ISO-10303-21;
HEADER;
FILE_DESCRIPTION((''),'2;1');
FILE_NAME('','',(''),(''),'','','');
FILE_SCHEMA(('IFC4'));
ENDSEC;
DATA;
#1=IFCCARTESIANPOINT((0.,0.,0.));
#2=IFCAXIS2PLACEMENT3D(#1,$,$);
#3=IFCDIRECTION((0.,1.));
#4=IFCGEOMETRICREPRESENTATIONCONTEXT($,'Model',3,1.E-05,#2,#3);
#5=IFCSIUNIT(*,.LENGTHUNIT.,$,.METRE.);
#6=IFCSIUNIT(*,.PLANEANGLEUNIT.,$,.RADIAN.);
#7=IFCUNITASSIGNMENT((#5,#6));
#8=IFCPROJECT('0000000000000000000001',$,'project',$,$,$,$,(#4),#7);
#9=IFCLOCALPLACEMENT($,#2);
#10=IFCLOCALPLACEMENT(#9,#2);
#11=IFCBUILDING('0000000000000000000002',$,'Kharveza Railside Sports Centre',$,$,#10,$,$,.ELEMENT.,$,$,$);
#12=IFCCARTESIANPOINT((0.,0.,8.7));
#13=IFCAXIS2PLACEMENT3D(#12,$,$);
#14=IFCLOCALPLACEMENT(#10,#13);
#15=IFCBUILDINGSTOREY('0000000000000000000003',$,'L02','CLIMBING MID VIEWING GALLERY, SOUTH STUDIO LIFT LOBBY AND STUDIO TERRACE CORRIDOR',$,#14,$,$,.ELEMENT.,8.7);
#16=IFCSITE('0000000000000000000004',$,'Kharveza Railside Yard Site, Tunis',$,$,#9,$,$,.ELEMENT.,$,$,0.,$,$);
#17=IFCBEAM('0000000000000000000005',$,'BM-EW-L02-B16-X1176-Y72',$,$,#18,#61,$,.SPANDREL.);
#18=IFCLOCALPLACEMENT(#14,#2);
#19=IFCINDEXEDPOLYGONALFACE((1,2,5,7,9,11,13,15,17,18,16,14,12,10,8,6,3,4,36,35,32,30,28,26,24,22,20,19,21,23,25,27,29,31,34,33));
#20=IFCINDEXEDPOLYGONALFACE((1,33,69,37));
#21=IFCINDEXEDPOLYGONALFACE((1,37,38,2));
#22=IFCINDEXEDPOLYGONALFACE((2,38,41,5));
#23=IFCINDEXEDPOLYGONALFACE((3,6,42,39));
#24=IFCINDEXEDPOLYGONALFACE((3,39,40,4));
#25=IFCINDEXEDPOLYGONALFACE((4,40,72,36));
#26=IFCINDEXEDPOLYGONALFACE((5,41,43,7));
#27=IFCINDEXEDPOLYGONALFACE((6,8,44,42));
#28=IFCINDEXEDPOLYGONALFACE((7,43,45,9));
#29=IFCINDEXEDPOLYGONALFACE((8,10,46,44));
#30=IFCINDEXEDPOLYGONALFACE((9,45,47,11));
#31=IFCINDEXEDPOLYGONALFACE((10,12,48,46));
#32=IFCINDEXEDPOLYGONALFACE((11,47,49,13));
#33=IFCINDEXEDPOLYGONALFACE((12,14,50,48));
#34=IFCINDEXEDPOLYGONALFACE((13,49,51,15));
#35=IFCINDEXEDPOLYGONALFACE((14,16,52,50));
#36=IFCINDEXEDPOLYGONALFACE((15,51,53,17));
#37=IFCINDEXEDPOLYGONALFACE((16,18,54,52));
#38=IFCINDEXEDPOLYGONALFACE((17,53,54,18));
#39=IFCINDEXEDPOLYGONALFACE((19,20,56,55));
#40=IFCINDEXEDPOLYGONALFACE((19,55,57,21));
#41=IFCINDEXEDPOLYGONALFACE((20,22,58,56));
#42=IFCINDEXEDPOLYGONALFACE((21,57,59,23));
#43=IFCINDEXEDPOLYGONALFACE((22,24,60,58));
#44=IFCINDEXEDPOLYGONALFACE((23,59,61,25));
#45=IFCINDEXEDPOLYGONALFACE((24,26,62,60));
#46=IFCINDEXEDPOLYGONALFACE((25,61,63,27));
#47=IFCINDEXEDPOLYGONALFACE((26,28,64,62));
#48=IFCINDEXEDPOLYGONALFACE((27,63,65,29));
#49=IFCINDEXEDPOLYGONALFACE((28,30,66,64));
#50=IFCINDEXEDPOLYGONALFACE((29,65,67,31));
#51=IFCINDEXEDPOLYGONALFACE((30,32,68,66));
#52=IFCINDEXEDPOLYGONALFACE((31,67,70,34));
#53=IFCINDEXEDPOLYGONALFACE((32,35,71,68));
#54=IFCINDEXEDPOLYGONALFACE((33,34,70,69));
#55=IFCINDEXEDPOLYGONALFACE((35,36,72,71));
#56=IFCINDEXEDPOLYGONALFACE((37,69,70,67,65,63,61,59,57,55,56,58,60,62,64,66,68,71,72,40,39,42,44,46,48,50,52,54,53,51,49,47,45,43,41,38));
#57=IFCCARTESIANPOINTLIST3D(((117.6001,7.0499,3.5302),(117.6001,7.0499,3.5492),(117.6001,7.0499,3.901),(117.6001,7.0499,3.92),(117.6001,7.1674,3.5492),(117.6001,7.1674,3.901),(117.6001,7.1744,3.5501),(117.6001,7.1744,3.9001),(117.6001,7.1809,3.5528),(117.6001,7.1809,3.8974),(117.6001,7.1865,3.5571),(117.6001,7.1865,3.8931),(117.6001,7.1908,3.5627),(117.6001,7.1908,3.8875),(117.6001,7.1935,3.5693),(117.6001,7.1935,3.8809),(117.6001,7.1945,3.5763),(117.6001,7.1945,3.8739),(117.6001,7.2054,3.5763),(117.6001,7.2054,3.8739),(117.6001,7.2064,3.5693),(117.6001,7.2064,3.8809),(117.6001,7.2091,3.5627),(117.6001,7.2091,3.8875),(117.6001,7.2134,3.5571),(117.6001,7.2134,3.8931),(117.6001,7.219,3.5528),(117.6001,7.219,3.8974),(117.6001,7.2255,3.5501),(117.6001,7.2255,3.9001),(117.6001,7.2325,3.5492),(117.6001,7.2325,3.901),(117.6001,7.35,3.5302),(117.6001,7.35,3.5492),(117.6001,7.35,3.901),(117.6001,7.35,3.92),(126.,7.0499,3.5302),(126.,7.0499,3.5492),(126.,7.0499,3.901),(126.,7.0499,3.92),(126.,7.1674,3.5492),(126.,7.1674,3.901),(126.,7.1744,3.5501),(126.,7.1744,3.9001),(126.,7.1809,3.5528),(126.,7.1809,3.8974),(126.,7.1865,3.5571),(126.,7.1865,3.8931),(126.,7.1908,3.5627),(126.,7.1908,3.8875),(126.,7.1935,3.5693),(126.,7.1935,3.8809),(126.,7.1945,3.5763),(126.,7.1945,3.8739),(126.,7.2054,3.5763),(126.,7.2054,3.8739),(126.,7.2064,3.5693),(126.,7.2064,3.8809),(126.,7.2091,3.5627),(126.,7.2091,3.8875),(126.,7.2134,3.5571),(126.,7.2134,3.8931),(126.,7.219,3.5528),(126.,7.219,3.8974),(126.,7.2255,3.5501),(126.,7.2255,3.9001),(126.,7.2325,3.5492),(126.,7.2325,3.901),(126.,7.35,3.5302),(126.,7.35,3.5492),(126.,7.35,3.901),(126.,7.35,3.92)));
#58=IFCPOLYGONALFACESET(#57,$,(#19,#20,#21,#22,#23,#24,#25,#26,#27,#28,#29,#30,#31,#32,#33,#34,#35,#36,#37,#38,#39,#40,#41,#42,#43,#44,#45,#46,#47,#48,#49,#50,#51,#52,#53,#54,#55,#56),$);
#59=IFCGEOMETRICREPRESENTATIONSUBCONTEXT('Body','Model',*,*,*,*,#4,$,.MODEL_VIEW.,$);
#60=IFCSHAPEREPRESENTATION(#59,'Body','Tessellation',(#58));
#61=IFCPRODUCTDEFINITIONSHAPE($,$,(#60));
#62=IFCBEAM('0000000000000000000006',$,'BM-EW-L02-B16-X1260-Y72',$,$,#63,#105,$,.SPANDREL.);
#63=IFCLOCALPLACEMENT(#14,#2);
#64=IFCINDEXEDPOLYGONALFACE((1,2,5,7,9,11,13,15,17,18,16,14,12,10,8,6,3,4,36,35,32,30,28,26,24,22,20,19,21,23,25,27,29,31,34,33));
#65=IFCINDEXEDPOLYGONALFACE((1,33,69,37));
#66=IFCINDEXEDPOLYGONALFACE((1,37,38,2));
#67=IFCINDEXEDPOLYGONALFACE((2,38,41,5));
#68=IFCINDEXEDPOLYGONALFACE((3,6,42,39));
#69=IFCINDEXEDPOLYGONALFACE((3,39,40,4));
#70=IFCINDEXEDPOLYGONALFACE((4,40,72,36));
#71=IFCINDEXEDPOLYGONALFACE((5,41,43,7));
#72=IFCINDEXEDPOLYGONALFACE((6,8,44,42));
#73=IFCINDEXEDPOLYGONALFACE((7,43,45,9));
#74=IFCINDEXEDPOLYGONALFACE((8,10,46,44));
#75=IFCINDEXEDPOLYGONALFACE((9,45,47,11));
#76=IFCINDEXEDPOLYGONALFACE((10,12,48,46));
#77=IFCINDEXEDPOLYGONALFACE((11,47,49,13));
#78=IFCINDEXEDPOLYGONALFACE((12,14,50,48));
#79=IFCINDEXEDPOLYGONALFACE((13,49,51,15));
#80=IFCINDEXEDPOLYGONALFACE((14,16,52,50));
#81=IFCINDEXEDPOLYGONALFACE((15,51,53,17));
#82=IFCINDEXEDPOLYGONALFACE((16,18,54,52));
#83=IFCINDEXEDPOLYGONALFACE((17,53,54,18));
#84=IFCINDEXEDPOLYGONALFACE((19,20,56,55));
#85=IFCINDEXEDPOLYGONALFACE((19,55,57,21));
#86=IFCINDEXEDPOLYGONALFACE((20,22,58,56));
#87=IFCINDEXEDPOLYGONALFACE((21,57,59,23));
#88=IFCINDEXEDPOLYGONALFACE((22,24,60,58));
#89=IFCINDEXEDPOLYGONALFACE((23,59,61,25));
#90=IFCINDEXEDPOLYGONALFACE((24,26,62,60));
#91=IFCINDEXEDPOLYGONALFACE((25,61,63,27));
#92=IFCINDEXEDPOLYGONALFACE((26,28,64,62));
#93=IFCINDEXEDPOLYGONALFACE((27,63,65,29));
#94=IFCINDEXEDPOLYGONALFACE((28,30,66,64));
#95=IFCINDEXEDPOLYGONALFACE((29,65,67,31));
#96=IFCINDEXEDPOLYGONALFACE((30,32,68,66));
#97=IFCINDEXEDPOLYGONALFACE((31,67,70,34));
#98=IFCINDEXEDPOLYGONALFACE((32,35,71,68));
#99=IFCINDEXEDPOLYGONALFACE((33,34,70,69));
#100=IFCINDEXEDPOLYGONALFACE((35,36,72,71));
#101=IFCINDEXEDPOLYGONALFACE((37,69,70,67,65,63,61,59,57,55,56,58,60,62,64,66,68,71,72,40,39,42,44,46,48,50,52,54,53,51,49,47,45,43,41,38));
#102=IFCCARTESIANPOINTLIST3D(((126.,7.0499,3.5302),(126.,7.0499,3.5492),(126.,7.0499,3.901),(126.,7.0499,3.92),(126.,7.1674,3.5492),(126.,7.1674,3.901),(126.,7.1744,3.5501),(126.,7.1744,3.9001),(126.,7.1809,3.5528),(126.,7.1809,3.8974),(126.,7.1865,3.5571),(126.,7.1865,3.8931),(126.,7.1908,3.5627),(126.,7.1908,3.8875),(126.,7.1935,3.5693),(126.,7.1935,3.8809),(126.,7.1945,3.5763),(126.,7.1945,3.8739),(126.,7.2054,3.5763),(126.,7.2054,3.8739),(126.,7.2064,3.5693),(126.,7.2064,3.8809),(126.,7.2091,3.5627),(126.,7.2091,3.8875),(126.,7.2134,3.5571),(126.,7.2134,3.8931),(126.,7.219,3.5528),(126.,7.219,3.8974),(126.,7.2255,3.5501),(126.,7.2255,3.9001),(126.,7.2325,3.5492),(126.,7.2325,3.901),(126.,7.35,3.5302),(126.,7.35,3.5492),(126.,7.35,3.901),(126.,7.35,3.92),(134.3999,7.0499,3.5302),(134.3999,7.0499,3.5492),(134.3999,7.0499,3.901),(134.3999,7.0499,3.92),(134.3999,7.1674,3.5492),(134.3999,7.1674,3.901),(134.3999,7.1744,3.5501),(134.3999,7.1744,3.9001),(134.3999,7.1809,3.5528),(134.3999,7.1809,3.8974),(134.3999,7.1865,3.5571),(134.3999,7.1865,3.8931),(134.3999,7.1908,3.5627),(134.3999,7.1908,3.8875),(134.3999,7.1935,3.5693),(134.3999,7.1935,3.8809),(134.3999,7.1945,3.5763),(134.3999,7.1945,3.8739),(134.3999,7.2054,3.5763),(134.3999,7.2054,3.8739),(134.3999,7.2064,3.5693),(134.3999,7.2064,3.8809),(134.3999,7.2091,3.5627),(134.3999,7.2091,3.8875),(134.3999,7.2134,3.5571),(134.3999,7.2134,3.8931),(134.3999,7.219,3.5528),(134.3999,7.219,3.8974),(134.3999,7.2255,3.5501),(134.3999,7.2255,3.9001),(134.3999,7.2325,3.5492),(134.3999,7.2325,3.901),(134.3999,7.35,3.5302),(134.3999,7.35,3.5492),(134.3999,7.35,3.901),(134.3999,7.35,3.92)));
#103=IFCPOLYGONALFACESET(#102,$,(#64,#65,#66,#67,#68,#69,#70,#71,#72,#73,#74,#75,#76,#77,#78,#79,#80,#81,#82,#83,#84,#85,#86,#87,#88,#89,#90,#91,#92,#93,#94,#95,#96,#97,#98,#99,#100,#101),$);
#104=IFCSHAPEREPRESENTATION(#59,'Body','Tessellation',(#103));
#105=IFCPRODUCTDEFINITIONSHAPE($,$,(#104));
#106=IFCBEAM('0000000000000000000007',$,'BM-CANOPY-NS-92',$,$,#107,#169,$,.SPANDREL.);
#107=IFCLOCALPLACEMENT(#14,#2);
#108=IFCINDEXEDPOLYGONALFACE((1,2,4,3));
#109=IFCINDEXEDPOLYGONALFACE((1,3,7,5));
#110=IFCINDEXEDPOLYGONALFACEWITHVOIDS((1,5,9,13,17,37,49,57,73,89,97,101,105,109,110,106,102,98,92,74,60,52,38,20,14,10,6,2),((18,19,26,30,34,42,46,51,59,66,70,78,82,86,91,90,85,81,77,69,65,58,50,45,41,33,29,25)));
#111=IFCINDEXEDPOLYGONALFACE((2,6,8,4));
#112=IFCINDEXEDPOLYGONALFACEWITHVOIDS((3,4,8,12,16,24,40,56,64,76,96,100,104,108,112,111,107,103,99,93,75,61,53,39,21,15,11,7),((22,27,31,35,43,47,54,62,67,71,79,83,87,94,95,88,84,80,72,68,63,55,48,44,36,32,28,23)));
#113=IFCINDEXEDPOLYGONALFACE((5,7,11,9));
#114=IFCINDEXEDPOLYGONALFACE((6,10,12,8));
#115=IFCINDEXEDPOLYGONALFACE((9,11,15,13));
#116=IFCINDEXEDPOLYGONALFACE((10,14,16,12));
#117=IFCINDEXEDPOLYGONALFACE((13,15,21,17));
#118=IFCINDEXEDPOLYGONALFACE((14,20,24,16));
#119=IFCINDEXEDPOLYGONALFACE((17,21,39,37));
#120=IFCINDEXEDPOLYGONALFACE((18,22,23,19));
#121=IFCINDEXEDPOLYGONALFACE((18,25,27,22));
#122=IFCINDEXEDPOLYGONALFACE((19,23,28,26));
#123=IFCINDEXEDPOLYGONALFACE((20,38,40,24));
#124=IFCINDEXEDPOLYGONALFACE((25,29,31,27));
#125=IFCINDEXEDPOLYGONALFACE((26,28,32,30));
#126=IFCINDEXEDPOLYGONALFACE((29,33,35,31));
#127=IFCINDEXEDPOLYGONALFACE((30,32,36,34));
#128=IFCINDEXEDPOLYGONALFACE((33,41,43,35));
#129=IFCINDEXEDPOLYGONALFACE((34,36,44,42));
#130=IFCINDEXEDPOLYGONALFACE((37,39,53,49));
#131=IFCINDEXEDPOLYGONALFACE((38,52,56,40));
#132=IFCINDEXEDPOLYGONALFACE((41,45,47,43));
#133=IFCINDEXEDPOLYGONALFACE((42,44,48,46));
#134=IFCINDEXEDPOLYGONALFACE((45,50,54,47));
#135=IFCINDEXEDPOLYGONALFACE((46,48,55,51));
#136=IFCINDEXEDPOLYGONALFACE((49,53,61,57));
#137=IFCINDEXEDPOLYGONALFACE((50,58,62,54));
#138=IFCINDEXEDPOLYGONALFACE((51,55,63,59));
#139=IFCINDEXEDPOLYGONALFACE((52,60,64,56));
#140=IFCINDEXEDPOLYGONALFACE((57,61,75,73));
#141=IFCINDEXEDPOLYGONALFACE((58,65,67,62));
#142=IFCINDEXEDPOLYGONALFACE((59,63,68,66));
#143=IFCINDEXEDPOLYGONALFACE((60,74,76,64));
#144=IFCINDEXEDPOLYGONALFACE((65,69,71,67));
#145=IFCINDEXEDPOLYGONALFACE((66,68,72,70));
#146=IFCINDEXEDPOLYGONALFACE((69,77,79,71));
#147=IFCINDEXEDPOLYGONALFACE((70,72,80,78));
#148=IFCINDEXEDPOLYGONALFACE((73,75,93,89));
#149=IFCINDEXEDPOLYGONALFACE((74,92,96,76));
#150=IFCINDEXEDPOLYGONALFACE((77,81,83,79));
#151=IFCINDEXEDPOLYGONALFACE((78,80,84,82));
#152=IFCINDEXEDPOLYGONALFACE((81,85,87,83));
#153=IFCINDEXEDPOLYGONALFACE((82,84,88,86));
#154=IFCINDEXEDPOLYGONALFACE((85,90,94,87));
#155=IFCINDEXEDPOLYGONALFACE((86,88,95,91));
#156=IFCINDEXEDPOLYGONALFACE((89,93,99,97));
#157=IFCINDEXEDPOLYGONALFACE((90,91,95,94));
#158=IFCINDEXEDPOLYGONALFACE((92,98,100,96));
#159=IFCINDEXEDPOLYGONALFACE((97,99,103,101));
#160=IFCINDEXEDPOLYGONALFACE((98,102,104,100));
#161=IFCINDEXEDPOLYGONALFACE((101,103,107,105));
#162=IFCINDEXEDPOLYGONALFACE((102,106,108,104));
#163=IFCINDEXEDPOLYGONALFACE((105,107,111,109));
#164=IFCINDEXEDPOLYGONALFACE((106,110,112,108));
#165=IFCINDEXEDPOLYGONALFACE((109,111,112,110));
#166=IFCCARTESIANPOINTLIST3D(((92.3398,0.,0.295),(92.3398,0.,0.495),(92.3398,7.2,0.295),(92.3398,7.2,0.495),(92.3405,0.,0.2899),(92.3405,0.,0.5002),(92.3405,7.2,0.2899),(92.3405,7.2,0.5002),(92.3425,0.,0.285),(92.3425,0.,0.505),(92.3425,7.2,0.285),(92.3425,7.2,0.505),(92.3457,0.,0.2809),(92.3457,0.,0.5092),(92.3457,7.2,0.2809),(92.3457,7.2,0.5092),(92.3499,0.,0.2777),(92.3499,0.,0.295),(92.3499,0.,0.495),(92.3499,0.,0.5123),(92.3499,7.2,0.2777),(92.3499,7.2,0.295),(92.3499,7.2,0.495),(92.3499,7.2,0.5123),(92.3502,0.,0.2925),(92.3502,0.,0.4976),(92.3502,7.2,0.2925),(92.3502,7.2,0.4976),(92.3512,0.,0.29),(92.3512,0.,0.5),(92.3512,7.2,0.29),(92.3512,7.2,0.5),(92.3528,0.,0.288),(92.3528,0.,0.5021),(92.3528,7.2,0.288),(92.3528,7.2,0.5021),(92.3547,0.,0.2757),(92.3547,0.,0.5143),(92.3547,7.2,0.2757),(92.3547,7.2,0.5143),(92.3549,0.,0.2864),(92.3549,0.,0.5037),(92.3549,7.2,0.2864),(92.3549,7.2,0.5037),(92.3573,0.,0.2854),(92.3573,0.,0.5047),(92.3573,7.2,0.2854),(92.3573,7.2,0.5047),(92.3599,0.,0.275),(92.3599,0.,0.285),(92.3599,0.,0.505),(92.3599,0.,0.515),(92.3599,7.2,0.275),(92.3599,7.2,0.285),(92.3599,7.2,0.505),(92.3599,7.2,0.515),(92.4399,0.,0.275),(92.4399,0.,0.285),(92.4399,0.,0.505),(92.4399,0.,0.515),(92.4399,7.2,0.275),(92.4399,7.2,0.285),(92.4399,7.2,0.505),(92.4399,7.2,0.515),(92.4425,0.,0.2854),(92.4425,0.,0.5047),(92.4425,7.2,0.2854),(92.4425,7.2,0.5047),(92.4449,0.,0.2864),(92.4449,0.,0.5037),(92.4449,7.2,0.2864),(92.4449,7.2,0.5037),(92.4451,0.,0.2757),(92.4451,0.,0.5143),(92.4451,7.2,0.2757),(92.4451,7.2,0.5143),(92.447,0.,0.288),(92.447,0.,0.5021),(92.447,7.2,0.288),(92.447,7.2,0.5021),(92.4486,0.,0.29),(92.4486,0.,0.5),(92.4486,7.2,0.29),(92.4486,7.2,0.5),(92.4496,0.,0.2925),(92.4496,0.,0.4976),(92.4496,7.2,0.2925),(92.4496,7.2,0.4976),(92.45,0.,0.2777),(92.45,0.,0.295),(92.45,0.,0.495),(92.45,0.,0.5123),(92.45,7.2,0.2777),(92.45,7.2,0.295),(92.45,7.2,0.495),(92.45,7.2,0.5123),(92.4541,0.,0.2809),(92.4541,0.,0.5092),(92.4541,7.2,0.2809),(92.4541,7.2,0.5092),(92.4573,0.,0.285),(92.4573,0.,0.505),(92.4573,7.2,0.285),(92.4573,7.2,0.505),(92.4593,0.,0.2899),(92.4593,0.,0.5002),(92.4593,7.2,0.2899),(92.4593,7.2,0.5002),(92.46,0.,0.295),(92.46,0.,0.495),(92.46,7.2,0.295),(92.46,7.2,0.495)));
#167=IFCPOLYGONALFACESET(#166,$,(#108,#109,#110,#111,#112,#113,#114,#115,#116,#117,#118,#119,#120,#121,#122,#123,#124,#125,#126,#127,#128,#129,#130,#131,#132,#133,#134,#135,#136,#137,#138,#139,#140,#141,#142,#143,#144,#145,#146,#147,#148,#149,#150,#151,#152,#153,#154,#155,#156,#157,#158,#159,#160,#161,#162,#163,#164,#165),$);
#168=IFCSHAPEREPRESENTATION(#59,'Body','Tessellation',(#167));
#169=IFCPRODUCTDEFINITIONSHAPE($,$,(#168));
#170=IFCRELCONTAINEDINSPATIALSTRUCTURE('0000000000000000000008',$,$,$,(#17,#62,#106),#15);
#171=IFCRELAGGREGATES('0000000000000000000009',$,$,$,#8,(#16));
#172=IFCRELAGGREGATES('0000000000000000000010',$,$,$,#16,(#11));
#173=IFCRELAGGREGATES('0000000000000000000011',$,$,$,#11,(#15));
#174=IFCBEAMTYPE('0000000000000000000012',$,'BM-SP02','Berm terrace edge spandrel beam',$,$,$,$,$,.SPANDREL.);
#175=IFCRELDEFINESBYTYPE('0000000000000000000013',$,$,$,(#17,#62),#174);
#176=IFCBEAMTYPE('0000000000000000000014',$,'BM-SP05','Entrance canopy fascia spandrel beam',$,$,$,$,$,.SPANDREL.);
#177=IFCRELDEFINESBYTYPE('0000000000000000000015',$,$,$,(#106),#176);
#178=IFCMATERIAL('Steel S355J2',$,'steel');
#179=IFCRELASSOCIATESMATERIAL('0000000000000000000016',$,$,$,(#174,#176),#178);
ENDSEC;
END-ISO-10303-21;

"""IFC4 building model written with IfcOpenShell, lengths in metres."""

from ifc_helpers import new_model, si_unit, direction, frame, origin, origin_2d, place, context, subcontext, project, spatial, hollow_rectangle, i_section, extrude, material, material_profile, profile_set, type_object, element, save


model = new_model("IFC4")

# Units and contexts
model_context = context("Model", 3, precision=1e-05, world=origin(), true_north=direction((0.0, 1.0)))
body_context = subcontext(model_context, "Body", "Model", "MODEL_VIEW")
ifc_project = project(units=[si_unit("LENGTHUNIT", "METRE"), si_unit("PLANEANGLEUNIT", "RADIAN")], contexts=[model_context])

# Site, building, storey
site_placement = place(None, origin())
site = spatial("IfcSite", under=ifc_project, at=site_placement, Name="Kharveza Railside Yard Site, Tunis", CompositionType="ELEMENT", RefElevation=0.0)
building_placement = place(site_placement, origin())
building = spatial("IfcBuilding", under=site, at=building_placement, Name="Kharveza Railside Sports Centre", CompositionType="ELEMENT")
storey_placement = place(building_placement, frame((0.0, 0.0, 8.7)))
storey = spatial("IfcBuildingStorey", under=building, at=storey_placement, Name="L02", Description="CLIMBING MID VIEWING GALLERY, SOUTH STUDIO LIFT LOBBY AND STUDIO TERRACE CORRIDOR", CompositionType="ELEMENT", Elevation=8.7)

# Shared definitions
ifc_material_1 = material(Name="Steel S355J2", Category="steel")

# Beams
ifc_material_profile_1 = material_profile(ifc_material_1, i_section(OverallWidth=0.3, OverallDepth=0.3899, WebThickness=0.011, FlangeThickness=0.019, FilletRadius=0.0271, at=origin_2d()), Name="HEA 400")
ifc_profile_set_1 = profile_set([ifc_material_profile_1], Name="Steel S355J2")
beam_type_1 = type_object("IfcBeamType", Name="BM-SP02", Description="Berm terrace edge spandrel beam", PredefinedType="SPANDREL", material=ifc_profile_set_1)
for number, where, z_axis, x_axis, name in (
    (1, (117.6001, 7.2, 3.7251), (1.0, 0.0, 0.0), (0.0, 1.0, 0.0), "BM-EW-L02-B16-X1176-Y72"),
    (2, (126.0, 7.2, 3.7251), (1.0, 0.0, 0.0), (0.0, 1.0, 0.0), "BM-EW-L02-B16-X1260-Y72"),
):
    element("IfcBeam", number, at=place(storey_placement, frame(where, z_axis=z_axis, x_axis=x_axis)), inside=storey, type_object=beam_type_1, Name=name, PredefinedType="SPANDREL", context=body_context, shape_type="SweptSolid", body=[
        extrude(i_section(OverallWidth=0.3, OverallDepth=0.3899, WebThickness=0.011, FlangeThickness=0.019, FilletRadius=0.0271, at=origin_2d()), origin(), (0.0, 0.0, 1.0), 8.3999),
    ])
ifc_material_profile_2 = material_profile(ifc_material_1, hollow_rectangle(XDim=0.1201, YDim=0.24, WallThickness=0.01, InnerFilletRadius=0.01, OuterFilletRadius=0.02, at=origin_2d()), Name="RHS 120x240x10.0")
ifc_profile_set_2 = profile_set([ifc_material_profile_2], Name="Steel S355J2")
beam_type_2 = type_object("IfcBeamType", Name="BM-SP05", Description="Entrance canopy fascia spandrel beam", PredefinedType="SPANDREL", material=ifc_profile_set_2)
for number, where, z_axis, x_axis, name in (
    (3, (92.3999, 0.0, 0.395), (0.0, 1.0, 0.0), (-1.0, 0.0, 0.0), "BM-CANOPY-NS-92"),
):
    element("IfcBeam", number, at=place(storey_placement, frame(where, z_axis=z_axis, x_axis=x_axis)), inside=storey, type_object=beam_type_2, Name=name, PredefinedType="SPANDREL", context=body_context, shape_type="SweptSolid", body=[
        extrude(hollow_rectangle(XDim=0.1201, YDim=0.24, WallThickness=0.01, InnerFilletRadius=0.01, OuterFilletRadius=0.02, at=origin_2d()), origin(), (0.0, 0.0, 1.0), 7.2),
    ])

save(model, "model.ifc")
